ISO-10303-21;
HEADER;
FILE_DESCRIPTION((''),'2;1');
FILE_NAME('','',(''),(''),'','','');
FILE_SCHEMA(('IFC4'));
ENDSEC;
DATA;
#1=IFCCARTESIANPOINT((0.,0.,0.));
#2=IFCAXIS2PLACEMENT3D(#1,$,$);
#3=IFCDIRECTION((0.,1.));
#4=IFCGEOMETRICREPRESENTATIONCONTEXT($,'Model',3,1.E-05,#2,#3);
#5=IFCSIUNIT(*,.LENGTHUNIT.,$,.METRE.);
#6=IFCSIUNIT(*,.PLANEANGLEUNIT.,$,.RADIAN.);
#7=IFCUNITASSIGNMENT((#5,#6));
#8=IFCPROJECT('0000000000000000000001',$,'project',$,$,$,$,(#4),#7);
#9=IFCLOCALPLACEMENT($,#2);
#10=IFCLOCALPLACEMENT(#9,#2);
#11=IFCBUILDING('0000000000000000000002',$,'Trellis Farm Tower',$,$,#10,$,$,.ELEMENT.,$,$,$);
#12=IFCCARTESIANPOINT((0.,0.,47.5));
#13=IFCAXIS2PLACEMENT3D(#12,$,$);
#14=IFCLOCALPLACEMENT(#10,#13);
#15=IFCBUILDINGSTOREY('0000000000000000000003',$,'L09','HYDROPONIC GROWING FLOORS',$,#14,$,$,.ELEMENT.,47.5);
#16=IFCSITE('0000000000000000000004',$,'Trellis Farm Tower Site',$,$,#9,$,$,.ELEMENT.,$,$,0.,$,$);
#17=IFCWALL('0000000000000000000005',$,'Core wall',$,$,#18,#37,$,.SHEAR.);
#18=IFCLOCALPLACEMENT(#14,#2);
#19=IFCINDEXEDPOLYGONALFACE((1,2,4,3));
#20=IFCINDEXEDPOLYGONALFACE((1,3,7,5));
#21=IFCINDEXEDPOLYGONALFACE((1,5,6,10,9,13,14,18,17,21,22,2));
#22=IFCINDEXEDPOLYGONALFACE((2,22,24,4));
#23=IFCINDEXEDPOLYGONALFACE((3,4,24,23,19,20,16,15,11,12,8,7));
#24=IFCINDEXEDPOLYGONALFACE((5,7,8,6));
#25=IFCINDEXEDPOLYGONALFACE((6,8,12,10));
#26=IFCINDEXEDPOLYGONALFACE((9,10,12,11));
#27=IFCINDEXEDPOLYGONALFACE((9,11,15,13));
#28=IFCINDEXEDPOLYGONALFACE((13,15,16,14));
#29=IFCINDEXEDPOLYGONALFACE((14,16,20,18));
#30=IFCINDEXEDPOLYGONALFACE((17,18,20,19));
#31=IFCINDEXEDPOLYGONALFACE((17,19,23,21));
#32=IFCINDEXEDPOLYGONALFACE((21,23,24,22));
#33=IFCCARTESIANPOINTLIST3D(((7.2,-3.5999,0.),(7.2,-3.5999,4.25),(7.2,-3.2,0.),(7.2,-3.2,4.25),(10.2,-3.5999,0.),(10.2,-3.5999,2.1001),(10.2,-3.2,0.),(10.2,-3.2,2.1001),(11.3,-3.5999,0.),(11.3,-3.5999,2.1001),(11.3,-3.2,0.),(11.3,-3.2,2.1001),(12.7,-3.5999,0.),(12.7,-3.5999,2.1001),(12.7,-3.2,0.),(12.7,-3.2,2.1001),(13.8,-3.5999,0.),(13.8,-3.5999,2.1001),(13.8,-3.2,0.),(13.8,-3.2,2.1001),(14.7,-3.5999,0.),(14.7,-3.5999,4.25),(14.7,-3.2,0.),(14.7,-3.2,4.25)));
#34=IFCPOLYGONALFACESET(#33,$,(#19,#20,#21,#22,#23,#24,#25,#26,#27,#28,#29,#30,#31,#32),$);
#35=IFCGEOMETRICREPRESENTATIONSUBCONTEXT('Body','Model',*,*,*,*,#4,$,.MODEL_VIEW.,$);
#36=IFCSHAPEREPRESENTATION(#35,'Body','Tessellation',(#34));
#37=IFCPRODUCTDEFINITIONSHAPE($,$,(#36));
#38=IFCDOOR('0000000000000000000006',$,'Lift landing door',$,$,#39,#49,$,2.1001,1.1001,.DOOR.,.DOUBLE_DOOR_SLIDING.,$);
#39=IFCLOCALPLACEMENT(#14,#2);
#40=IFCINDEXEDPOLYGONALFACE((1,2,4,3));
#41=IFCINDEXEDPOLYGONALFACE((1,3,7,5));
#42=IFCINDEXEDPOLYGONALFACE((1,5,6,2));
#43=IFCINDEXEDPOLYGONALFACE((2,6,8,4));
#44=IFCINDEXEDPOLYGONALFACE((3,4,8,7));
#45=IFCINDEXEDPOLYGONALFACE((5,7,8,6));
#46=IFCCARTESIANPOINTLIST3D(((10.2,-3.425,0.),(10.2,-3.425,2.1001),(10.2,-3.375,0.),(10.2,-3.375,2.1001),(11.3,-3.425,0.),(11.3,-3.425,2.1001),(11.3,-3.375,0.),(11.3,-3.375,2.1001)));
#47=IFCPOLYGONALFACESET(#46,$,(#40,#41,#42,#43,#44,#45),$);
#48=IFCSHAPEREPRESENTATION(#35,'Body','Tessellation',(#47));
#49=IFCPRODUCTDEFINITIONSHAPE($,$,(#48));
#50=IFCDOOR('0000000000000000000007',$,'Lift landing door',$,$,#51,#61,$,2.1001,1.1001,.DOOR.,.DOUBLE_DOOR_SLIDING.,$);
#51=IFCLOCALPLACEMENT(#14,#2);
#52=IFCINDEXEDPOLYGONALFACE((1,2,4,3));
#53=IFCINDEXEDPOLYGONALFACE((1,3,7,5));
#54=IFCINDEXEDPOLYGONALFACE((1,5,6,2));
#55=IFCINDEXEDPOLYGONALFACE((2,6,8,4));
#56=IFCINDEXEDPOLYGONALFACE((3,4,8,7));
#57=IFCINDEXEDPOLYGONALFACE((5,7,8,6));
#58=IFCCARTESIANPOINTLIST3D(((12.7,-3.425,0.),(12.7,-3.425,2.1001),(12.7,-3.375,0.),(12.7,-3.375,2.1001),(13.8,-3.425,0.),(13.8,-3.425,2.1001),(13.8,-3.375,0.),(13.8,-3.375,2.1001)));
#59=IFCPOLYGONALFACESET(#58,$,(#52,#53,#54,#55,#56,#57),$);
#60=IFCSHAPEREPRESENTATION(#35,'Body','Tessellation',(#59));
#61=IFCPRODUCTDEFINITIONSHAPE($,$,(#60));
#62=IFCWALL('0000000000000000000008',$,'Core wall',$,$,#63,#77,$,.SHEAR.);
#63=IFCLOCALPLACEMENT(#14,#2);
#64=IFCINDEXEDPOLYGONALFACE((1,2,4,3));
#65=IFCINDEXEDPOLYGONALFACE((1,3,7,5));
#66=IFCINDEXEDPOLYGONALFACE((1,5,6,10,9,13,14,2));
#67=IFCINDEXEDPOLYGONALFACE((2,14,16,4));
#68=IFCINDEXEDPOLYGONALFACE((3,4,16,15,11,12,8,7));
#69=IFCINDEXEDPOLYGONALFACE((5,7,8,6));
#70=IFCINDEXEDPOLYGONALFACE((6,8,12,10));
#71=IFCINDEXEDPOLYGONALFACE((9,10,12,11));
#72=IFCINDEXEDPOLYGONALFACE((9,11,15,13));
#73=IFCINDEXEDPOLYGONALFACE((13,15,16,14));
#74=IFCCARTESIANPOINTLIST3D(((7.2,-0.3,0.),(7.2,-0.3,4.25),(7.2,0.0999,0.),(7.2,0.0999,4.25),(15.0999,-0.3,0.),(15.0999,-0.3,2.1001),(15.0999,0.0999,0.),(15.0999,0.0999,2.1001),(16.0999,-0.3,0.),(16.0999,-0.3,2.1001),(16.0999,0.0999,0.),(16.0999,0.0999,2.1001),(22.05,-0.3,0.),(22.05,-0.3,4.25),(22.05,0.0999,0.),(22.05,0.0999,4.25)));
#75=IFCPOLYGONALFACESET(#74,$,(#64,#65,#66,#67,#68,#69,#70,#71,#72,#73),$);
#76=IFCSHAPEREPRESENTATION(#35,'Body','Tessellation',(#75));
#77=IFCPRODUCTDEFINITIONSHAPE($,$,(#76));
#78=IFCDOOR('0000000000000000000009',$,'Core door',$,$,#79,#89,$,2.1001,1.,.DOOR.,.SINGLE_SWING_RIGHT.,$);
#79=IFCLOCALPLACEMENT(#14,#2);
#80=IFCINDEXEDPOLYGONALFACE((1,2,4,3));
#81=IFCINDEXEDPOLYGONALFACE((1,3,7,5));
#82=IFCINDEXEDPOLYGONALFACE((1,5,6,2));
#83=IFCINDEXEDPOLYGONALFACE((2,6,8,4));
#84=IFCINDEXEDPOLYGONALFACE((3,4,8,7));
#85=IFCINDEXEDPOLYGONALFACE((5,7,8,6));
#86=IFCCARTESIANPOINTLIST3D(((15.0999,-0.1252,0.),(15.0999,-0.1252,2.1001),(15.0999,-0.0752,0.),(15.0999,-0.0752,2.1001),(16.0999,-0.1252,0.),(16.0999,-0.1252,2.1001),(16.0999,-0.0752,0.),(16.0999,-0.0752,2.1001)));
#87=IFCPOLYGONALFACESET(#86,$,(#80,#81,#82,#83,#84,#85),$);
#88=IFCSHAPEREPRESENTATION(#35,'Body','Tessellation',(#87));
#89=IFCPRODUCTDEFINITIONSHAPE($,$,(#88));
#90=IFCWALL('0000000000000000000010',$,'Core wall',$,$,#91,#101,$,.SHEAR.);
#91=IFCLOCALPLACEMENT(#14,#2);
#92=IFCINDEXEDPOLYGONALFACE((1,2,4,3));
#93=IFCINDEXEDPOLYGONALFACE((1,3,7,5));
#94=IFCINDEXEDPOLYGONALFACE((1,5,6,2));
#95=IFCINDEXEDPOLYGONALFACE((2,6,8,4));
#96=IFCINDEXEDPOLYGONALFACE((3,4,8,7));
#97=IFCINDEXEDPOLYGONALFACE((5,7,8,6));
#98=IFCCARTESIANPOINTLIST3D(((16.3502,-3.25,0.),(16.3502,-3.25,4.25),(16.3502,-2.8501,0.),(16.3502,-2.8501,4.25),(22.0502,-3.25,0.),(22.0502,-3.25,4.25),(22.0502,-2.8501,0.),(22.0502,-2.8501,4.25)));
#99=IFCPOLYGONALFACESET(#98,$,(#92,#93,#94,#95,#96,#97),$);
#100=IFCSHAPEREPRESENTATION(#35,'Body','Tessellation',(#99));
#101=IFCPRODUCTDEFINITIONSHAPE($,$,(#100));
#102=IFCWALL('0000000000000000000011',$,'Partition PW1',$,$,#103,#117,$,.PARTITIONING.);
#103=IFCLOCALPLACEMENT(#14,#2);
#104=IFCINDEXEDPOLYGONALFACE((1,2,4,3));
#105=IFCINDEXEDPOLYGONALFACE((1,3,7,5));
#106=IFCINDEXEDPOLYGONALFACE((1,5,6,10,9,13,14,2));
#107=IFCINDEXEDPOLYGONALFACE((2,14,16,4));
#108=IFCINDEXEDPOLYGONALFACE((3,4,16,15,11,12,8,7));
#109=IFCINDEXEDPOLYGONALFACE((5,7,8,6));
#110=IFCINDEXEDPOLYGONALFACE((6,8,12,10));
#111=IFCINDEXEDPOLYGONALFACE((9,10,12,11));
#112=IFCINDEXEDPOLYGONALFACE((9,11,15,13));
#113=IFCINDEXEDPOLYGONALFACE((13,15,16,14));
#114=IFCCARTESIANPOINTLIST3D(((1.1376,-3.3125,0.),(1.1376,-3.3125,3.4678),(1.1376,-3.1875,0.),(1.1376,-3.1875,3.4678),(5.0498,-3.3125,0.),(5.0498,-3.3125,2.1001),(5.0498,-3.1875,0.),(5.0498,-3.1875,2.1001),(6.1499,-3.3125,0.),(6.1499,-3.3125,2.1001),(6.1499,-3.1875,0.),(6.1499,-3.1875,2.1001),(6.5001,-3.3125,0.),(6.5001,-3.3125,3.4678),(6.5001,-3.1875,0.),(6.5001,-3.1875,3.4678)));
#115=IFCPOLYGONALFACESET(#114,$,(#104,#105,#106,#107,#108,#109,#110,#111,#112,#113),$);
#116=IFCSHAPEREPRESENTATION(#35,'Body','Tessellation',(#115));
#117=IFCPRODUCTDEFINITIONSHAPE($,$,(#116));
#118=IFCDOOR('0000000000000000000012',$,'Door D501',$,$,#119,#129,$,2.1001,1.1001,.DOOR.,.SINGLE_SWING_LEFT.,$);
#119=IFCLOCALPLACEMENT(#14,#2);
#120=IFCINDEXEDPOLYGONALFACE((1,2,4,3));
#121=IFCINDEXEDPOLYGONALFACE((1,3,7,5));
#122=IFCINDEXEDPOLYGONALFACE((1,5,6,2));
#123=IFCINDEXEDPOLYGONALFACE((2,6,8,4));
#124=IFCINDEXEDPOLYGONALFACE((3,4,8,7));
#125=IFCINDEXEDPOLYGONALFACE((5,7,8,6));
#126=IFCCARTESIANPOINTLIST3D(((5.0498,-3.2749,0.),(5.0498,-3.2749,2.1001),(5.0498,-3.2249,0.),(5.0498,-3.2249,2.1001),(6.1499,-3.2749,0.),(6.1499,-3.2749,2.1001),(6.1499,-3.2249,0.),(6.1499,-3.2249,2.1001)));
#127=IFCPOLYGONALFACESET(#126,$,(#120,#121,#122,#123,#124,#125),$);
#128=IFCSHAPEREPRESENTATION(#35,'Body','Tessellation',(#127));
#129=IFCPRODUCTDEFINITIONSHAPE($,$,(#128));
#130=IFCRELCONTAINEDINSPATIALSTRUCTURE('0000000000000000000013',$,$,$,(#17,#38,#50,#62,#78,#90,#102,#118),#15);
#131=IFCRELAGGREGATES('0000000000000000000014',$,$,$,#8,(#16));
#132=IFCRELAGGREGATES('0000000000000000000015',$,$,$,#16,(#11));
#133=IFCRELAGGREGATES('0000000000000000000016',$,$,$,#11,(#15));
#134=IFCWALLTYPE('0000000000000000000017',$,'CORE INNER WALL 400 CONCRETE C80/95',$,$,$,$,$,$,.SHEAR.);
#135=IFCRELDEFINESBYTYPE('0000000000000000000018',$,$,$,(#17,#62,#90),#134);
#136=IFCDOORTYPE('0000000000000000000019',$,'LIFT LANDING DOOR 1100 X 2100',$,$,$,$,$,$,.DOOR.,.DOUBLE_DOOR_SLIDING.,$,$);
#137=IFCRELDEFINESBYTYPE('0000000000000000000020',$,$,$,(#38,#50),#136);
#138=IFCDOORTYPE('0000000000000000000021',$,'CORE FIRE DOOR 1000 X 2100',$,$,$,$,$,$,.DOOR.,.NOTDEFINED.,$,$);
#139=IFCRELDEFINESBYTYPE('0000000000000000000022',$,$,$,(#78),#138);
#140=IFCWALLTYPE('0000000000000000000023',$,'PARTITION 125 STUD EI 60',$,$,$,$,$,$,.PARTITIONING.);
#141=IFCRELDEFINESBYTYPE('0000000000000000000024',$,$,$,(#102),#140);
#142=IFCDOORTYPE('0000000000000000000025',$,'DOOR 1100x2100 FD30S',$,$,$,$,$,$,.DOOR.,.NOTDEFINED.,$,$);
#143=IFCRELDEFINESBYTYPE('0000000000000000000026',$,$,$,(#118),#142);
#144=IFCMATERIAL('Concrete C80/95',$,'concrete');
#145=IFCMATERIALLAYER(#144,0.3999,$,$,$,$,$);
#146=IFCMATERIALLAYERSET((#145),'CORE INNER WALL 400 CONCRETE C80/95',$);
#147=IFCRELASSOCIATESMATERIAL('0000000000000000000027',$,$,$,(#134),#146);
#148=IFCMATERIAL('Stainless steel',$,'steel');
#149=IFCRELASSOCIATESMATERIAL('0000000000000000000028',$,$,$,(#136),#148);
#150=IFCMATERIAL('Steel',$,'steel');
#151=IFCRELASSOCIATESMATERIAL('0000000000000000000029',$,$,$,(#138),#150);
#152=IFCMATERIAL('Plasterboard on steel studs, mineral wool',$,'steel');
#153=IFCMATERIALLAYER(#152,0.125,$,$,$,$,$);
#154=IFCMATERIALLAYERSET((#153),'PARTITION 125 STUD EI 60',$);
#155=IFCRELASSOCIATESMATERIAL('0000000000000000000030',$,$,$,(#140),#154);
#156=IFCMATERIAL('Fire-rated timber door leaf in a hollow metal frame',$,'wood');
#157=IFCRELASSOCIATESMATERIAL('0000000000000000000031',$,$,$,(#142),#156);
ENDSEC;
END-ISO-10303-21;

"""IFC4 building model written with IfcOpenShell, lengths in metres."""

from ifc_helpers import new_model, si_unit, direction, frame, frame_2d, origin, place, context, subcontext, project, spatial, rectangle, extrude, source, transform, mapped, material, layer, layer_set, type_object, element, fill, save


model = new_model("IFC4")

# Units and contexts
model_context = context("Model", 3, precision=1e-05, world=origin(), true_north=direction((0.0, 1.0)))
body_context = subcontext(model_context, "Body", "Model", "MODEL_VIEW")
ifc_project = project(units=[si_unit("LENGTHUNIT", "METRE"), si_unit("PLANEANGLEUNIT", "RADIAN")], contexts=[model_context])

# Site, building, storey
site_placement = place(None, origin())
site = spatial("IfcSite", under=ifc_project, at=site_placement, Name="Trellis Farm Tower Site", CompositionType="ELEMENT", RefElevation=0.0)
building_placement = place(site_placement, origin())
building = spatial("IfcBuilding", under=site, at=building_placement, Name="Trellis Farm Tower", CompositionType="ELEMENT")
storey_placement = place(building_placement, frame((0.0, 0.0, 47.5)))
storey = spatial("IfcBuildingStorey", under=building, at=storey_placement, Name="L09", Description="HYDROPONIC GROWING FLOORS", CompositionType="ELEMENT", Elevation=47.5)

# Shared definitions
ifc_material_1 = material(Name="Concrete C80/95", Category="concrete")

# Wall, openings, doors
ifc_layer_1 = layer(ifc_material_1, 0.3999)
ifc_layer_set_1 = layer_set([ifc_layer_1], Name="CORE INNER WALL 400 CONCRETE C80/95")
wall_type_1 = type_object("IfcWallType", Name="CORE INNER WALL 400 CONCRETE C80/95", PredefinedType="SHEAR", material=ifc_layer_set_1)
shared_shape_1 = source(origin(), body_context, "Body", "SweptSolid", [
    extrude(rectangle(XDim=7.5, YDim=0.3999, at=frame_2d((3.75, 0.0))), origin(), (0.0, 0.0, 1.0), 4.25),
])
wall_1_placement = place(storey_placement, frame((7.2, -3.3999, 0.0), z_axis=(0.0, 0.0, 1.0), x_axis=(1.0, 0.0, 0.0)))
wall_1 = element("IfcWall", 1, at=wall_1_placement, inside=storey, type_object=wall_type_1, Name="Core wall", PredefinedType="SHEAR", context=body_context, shape_type="MappedRepresentation", body=[
    mapped(shared_shape_1, transform((0.0, 0.0, 0.0))),
])
shared_shape_2 = source(origin(), body_context, "Body", "SweptSolid", [
    extrude(rectangle(XDim=1.1001, YDim=2.1001, at=frame_2d((0.55, 1.05))), frame((0.0, 0.21, 0.0), z_axis=(0.0, -1.0, 0.0), x_axis=(1.0, 0.0, 0.0)), (0.0, 0.0, 1.0), 0.4199),
])
opening_1_placement = place(wall_1_placement, frame((3.0, 0.0, 0.0)))
opening_1 = element("IfcOpeningElement", 2, at=opening_1_placement, cuts=wall_1, PredefinedType="OPENING", context=body_context, shape_type="MappedRepresentation", body=[
    mapped(shared_shape_2, transform((0.0, 0.0, 0.0))),
])
opening_2_placement = place(wall_1_placement, frame((5.5, 0.0, 0.0)))
opening_2 = element("IfcOpeningElement", 3, at=opening_2_placement, cuts=wall_1, PredefinedType="OPENING", context=body_context, shape_type="MappedRepresentation", body=[
    mapped(shared_shape_2, transform((0.0, 0.0, 0.0))),
])
ifc_material_2 = material(Name="Stainless steel", Category="steel")
door_type_1 = type_object("IfcDoorType", Name="LIFT LANDING DOOR 1100 X 2100", OperationType="DOUBLE_DOOR_SLIDING", PredefinedType="DOOR", material=ifc_material_2)
shared_shape_3 = source(origin(), body_context, "Body", "SweptSolid", [
    extrude(rectangle(XDim=1.1001, YDim=2.1001, at=frame_2d((0.55, 1.05))), frame((0.0, 0.0249, 0.0), z_axis=(0.0, -1.0, 0.0), x_axis=(1.0, 0.0, 0.0)), (0.0, 0.0, 1.0), 0.05),
])
door_1_placement = place(opening_1_placement, origin())
door_1 = element("IfcDoor", 4, at=door_1_placement, inside=storey, type_object=door_type_1, Name="Lift landing door", OperationType="DOUBLE_DOOR_SLIDING", OverallHeight=2.1001, OverallWidth=1.1001, PredefinedType="DOOR", context=body_context, shape_type="MappedRepresentation", body=[
    mapped(shared_shape_3, transform((0.0, 0.0, 0.0))),
])
fill(opening_1, door_1)
door_2_placement = place(opening_2_placement, origin())
door_2 = element("IfcDoor", 5, at=door_2_placement, inside=storey, type_object=door_type_1, Name="Lift landing door", OperationType="DOUBLE_DOOR_SLIDING", OverallHeight=2.1001, OverallWidth=1.1001, PredefinedType="DOOR", context=body_context, shape_type="MappedRepresentation", body=[
    mapped(shared_shape_3, transform((0.0, 0.0, 0.0))),
])
fill(opening_2, door_2)

# Wall, opening, door
shared_shape_4 = source(origin(), body_context, "Body", "SweptSolid", [
    extrude(rectangle(XDim=14.8501, YDim=0.3999, at=frame_2d((7.425, 0.0))), origin(), (0.0, 0.0, 1.0), 4.25),
])
wall_2_placement = place(storey_placement, frame((7.2, -0.1001, 0.0), z_axis=(0.0, 0.0, 1.0), x_axis=(1.0, 0.0, 0.0)))
wall_2 = element("IfcWall", 6, at=wall_2_placement, inside=storey, type_object=wall_type_1, Name="Core wall", PredefinedType="SHEAR", context=body_context, shape_type="MappedRepresentation", body=[
    mapped(shared_shape_4, transform((0.0, 0.0, 0.0))),
])
shared_shape_5 = source(origin(), body_context, "Body", "SweptSolid", [
    extrude(rectangle(XDim=1.0, YDim=2.1001, at=frame_2d((0.5, 1.05))), frame((0.0, 0.21, 0.0), z_axis=(0.0, -1.0, 0.0), x_axis=(1.0, 0.0, 0.0)), (0.0, 0.0, 1.0), 0.4199),
])
opening_3_placement = place(wall_2_placement, frame((7.8999, 0.0, 0.0)))
opening_3 = element("IfcOpeningElement", 7, at=opening_3_placement, cuts=wall_2, PredefinedType="OPENING", context=body_context, shape_type="MappedRepresentation", body=[
    mapped(shared_shape_5, transform((0.0, 0.0, 0.0))),
])
ifc_material_3 = material(Name="Steel", Category="steel")
door_type_2 = type_object("IfcDoorType", Name="CORE FIRE DOOR 1000 X 2100", OperationType="NOTDEFINED", PredefinedType="DOOR", material=ifc_material_3)
shared_shape_6 = source(origin(), body_context, "Body", "SweptSolid", [
    extrude(rectangle(XDim=1.0, YDim=2.1001, at=frame_2d((0.5, 1.05))), frame((0.0, 0.0249, 0.0), z_axis=(0.0, -1.0, 0.0), x_axis=(1.0, 0.0, 0.0)), (0.0, 0.0, 1.0), 0.05),
])
door_3_placement = place(opening_3_placement, origin())
door_3 = element("IfcDoor", 8, at=door_3_placement, inside=storey, type_object=door_type_2, Name="Core door", OperationType="SINGLE_SWING_RIGHT", OverallHeight=2.1001, OverallWidth=1.0, PredefinedType="DOOR", context=body_context, shape_type="MappedRepresentation", body=[
    mapped(shared_shape_6, transform((0.0, 0.0, 0.0))),
])
fill(opening_3, door_3)

# Wall
shared_shape_7 = source(origin(), body_context, "Body", "SweptSolid", [
    extrude(rectangle(XDim=5.7, YDim=0.3999, at=frame_2d((2.8501, 0.0))), origin(), (0.0, 0.0, 1.0), 4.25),
])
wall_3_placement = place(storey_placement, frame((16.3501, -3.05, 0.0), z_axis=(0.0, 0.0, 1.0), x_axis=(1.0, 0.0, 0.0)))
element("IfcWall", 9, at=wall_3_placement, inside=storey, type_object=wall_type_1, Name="Core wall", PredefinedType="SHEAR", context=body_context, shape_type="MappedRepresentation", body=[
    mapped(shared_shape_7, transform((0.0, 0.0, 0.0))),
])

# Wall, opening, door
ifc_material_4 = material(Name="Plasterboard on steel studs, mineral wool", Category="steel")
ifc_layer_2 = layer(ifc_material_4, 0.125)
ifc_layer_set_2 = layer_set([ifc_layer_2], Name="PARTITION 125 STUD EI 60")
wall_type_2 = type_object("IfcWallType", Name="PARTITION 125 STUD EI 60", PredefinedType="PARTITIONING", material=ifc_layer_set_2)
shared_shape_8 = source(origin(), body_context, "Body", "SweptSolid", [
    extrude(rectangle(XDim=5.3625, YDim=0.125, at=frame_2d((2.6812, 0.0))), origin(), (0.0, 0.0, 1.0), 3.4678),
])
wall_4_placement = place(storey_placement, frame((6.5, -3.25, 0.0), z_axis=(0.0, 0.0, 1.0), x_axis=(-1.0, 0.0, 0.0)))
wall_4 = element("IfcWall", 10, at=wall_4_placement, inside=storey, type_object=wall_type_2, Name="Partition PW1", PredefinedType="PARTITIONING", context=body_context, shape_type="MappedRepresentation", body=[
    mapped(shared_shape_8, transform((0.0, 0.0, 0.0))),
])
shared_shape_9 = source(origin(), body_context, "Body", "SweptSolid", [
    extrude(rectangle(XDim=1.1001, YDim=2.1001, at=frame_2d((0.55, 1.05))), frame((0.0, 0.0725, 0.0), z_axis=(0.0, -1.0, 0.0), x_axis=(1.0, 0.0, 0.0)), (0.0, 0.0, 1.0), 0.145),
])
opening_4_placement = place(wall_4_placement, frame((0.3501, 0.0, 0.0)))
opening_4 = element("IfcOpeningElement", 11, at=opening_4_placement, cuts=wall_4, PredefinedType="OPENING", context=body_context, shape_type="MappedRepresentation", body=[
    mapped(shared_shape_9, transform((0.0, 0.0, 0.0))),
])
ifc_material_5 = material(Name="Fire-rated timber door leaf in a hollow metal frame", Category="wood")
door_type_3 = type_object("IfcDoorType", Name="DOOR 1100x2100 FD30S", OperationType="NOTDEFINED", PredefinedType="DOOR", material=ifc_material_5)
door_4_placement = place(opening_4_placement, origin())
door_4 = element("IfcDoor", 12, at=door_4_placement, inside=storey, type_object=door_type_3, Name="Door D501", OperationType="SINGLE_SWING_LEFT", OverallHeight=2.1001, OverallWidth=1.1001, PredefinedType="DOOR", context=body_context, shape_type="MappedRepresentation", body=[
    mapped(shared_shape_3, transform((0.0, 0.0, 0.0))),
])
fill(opening_4, door_4)

save(model, "model.ifc")
